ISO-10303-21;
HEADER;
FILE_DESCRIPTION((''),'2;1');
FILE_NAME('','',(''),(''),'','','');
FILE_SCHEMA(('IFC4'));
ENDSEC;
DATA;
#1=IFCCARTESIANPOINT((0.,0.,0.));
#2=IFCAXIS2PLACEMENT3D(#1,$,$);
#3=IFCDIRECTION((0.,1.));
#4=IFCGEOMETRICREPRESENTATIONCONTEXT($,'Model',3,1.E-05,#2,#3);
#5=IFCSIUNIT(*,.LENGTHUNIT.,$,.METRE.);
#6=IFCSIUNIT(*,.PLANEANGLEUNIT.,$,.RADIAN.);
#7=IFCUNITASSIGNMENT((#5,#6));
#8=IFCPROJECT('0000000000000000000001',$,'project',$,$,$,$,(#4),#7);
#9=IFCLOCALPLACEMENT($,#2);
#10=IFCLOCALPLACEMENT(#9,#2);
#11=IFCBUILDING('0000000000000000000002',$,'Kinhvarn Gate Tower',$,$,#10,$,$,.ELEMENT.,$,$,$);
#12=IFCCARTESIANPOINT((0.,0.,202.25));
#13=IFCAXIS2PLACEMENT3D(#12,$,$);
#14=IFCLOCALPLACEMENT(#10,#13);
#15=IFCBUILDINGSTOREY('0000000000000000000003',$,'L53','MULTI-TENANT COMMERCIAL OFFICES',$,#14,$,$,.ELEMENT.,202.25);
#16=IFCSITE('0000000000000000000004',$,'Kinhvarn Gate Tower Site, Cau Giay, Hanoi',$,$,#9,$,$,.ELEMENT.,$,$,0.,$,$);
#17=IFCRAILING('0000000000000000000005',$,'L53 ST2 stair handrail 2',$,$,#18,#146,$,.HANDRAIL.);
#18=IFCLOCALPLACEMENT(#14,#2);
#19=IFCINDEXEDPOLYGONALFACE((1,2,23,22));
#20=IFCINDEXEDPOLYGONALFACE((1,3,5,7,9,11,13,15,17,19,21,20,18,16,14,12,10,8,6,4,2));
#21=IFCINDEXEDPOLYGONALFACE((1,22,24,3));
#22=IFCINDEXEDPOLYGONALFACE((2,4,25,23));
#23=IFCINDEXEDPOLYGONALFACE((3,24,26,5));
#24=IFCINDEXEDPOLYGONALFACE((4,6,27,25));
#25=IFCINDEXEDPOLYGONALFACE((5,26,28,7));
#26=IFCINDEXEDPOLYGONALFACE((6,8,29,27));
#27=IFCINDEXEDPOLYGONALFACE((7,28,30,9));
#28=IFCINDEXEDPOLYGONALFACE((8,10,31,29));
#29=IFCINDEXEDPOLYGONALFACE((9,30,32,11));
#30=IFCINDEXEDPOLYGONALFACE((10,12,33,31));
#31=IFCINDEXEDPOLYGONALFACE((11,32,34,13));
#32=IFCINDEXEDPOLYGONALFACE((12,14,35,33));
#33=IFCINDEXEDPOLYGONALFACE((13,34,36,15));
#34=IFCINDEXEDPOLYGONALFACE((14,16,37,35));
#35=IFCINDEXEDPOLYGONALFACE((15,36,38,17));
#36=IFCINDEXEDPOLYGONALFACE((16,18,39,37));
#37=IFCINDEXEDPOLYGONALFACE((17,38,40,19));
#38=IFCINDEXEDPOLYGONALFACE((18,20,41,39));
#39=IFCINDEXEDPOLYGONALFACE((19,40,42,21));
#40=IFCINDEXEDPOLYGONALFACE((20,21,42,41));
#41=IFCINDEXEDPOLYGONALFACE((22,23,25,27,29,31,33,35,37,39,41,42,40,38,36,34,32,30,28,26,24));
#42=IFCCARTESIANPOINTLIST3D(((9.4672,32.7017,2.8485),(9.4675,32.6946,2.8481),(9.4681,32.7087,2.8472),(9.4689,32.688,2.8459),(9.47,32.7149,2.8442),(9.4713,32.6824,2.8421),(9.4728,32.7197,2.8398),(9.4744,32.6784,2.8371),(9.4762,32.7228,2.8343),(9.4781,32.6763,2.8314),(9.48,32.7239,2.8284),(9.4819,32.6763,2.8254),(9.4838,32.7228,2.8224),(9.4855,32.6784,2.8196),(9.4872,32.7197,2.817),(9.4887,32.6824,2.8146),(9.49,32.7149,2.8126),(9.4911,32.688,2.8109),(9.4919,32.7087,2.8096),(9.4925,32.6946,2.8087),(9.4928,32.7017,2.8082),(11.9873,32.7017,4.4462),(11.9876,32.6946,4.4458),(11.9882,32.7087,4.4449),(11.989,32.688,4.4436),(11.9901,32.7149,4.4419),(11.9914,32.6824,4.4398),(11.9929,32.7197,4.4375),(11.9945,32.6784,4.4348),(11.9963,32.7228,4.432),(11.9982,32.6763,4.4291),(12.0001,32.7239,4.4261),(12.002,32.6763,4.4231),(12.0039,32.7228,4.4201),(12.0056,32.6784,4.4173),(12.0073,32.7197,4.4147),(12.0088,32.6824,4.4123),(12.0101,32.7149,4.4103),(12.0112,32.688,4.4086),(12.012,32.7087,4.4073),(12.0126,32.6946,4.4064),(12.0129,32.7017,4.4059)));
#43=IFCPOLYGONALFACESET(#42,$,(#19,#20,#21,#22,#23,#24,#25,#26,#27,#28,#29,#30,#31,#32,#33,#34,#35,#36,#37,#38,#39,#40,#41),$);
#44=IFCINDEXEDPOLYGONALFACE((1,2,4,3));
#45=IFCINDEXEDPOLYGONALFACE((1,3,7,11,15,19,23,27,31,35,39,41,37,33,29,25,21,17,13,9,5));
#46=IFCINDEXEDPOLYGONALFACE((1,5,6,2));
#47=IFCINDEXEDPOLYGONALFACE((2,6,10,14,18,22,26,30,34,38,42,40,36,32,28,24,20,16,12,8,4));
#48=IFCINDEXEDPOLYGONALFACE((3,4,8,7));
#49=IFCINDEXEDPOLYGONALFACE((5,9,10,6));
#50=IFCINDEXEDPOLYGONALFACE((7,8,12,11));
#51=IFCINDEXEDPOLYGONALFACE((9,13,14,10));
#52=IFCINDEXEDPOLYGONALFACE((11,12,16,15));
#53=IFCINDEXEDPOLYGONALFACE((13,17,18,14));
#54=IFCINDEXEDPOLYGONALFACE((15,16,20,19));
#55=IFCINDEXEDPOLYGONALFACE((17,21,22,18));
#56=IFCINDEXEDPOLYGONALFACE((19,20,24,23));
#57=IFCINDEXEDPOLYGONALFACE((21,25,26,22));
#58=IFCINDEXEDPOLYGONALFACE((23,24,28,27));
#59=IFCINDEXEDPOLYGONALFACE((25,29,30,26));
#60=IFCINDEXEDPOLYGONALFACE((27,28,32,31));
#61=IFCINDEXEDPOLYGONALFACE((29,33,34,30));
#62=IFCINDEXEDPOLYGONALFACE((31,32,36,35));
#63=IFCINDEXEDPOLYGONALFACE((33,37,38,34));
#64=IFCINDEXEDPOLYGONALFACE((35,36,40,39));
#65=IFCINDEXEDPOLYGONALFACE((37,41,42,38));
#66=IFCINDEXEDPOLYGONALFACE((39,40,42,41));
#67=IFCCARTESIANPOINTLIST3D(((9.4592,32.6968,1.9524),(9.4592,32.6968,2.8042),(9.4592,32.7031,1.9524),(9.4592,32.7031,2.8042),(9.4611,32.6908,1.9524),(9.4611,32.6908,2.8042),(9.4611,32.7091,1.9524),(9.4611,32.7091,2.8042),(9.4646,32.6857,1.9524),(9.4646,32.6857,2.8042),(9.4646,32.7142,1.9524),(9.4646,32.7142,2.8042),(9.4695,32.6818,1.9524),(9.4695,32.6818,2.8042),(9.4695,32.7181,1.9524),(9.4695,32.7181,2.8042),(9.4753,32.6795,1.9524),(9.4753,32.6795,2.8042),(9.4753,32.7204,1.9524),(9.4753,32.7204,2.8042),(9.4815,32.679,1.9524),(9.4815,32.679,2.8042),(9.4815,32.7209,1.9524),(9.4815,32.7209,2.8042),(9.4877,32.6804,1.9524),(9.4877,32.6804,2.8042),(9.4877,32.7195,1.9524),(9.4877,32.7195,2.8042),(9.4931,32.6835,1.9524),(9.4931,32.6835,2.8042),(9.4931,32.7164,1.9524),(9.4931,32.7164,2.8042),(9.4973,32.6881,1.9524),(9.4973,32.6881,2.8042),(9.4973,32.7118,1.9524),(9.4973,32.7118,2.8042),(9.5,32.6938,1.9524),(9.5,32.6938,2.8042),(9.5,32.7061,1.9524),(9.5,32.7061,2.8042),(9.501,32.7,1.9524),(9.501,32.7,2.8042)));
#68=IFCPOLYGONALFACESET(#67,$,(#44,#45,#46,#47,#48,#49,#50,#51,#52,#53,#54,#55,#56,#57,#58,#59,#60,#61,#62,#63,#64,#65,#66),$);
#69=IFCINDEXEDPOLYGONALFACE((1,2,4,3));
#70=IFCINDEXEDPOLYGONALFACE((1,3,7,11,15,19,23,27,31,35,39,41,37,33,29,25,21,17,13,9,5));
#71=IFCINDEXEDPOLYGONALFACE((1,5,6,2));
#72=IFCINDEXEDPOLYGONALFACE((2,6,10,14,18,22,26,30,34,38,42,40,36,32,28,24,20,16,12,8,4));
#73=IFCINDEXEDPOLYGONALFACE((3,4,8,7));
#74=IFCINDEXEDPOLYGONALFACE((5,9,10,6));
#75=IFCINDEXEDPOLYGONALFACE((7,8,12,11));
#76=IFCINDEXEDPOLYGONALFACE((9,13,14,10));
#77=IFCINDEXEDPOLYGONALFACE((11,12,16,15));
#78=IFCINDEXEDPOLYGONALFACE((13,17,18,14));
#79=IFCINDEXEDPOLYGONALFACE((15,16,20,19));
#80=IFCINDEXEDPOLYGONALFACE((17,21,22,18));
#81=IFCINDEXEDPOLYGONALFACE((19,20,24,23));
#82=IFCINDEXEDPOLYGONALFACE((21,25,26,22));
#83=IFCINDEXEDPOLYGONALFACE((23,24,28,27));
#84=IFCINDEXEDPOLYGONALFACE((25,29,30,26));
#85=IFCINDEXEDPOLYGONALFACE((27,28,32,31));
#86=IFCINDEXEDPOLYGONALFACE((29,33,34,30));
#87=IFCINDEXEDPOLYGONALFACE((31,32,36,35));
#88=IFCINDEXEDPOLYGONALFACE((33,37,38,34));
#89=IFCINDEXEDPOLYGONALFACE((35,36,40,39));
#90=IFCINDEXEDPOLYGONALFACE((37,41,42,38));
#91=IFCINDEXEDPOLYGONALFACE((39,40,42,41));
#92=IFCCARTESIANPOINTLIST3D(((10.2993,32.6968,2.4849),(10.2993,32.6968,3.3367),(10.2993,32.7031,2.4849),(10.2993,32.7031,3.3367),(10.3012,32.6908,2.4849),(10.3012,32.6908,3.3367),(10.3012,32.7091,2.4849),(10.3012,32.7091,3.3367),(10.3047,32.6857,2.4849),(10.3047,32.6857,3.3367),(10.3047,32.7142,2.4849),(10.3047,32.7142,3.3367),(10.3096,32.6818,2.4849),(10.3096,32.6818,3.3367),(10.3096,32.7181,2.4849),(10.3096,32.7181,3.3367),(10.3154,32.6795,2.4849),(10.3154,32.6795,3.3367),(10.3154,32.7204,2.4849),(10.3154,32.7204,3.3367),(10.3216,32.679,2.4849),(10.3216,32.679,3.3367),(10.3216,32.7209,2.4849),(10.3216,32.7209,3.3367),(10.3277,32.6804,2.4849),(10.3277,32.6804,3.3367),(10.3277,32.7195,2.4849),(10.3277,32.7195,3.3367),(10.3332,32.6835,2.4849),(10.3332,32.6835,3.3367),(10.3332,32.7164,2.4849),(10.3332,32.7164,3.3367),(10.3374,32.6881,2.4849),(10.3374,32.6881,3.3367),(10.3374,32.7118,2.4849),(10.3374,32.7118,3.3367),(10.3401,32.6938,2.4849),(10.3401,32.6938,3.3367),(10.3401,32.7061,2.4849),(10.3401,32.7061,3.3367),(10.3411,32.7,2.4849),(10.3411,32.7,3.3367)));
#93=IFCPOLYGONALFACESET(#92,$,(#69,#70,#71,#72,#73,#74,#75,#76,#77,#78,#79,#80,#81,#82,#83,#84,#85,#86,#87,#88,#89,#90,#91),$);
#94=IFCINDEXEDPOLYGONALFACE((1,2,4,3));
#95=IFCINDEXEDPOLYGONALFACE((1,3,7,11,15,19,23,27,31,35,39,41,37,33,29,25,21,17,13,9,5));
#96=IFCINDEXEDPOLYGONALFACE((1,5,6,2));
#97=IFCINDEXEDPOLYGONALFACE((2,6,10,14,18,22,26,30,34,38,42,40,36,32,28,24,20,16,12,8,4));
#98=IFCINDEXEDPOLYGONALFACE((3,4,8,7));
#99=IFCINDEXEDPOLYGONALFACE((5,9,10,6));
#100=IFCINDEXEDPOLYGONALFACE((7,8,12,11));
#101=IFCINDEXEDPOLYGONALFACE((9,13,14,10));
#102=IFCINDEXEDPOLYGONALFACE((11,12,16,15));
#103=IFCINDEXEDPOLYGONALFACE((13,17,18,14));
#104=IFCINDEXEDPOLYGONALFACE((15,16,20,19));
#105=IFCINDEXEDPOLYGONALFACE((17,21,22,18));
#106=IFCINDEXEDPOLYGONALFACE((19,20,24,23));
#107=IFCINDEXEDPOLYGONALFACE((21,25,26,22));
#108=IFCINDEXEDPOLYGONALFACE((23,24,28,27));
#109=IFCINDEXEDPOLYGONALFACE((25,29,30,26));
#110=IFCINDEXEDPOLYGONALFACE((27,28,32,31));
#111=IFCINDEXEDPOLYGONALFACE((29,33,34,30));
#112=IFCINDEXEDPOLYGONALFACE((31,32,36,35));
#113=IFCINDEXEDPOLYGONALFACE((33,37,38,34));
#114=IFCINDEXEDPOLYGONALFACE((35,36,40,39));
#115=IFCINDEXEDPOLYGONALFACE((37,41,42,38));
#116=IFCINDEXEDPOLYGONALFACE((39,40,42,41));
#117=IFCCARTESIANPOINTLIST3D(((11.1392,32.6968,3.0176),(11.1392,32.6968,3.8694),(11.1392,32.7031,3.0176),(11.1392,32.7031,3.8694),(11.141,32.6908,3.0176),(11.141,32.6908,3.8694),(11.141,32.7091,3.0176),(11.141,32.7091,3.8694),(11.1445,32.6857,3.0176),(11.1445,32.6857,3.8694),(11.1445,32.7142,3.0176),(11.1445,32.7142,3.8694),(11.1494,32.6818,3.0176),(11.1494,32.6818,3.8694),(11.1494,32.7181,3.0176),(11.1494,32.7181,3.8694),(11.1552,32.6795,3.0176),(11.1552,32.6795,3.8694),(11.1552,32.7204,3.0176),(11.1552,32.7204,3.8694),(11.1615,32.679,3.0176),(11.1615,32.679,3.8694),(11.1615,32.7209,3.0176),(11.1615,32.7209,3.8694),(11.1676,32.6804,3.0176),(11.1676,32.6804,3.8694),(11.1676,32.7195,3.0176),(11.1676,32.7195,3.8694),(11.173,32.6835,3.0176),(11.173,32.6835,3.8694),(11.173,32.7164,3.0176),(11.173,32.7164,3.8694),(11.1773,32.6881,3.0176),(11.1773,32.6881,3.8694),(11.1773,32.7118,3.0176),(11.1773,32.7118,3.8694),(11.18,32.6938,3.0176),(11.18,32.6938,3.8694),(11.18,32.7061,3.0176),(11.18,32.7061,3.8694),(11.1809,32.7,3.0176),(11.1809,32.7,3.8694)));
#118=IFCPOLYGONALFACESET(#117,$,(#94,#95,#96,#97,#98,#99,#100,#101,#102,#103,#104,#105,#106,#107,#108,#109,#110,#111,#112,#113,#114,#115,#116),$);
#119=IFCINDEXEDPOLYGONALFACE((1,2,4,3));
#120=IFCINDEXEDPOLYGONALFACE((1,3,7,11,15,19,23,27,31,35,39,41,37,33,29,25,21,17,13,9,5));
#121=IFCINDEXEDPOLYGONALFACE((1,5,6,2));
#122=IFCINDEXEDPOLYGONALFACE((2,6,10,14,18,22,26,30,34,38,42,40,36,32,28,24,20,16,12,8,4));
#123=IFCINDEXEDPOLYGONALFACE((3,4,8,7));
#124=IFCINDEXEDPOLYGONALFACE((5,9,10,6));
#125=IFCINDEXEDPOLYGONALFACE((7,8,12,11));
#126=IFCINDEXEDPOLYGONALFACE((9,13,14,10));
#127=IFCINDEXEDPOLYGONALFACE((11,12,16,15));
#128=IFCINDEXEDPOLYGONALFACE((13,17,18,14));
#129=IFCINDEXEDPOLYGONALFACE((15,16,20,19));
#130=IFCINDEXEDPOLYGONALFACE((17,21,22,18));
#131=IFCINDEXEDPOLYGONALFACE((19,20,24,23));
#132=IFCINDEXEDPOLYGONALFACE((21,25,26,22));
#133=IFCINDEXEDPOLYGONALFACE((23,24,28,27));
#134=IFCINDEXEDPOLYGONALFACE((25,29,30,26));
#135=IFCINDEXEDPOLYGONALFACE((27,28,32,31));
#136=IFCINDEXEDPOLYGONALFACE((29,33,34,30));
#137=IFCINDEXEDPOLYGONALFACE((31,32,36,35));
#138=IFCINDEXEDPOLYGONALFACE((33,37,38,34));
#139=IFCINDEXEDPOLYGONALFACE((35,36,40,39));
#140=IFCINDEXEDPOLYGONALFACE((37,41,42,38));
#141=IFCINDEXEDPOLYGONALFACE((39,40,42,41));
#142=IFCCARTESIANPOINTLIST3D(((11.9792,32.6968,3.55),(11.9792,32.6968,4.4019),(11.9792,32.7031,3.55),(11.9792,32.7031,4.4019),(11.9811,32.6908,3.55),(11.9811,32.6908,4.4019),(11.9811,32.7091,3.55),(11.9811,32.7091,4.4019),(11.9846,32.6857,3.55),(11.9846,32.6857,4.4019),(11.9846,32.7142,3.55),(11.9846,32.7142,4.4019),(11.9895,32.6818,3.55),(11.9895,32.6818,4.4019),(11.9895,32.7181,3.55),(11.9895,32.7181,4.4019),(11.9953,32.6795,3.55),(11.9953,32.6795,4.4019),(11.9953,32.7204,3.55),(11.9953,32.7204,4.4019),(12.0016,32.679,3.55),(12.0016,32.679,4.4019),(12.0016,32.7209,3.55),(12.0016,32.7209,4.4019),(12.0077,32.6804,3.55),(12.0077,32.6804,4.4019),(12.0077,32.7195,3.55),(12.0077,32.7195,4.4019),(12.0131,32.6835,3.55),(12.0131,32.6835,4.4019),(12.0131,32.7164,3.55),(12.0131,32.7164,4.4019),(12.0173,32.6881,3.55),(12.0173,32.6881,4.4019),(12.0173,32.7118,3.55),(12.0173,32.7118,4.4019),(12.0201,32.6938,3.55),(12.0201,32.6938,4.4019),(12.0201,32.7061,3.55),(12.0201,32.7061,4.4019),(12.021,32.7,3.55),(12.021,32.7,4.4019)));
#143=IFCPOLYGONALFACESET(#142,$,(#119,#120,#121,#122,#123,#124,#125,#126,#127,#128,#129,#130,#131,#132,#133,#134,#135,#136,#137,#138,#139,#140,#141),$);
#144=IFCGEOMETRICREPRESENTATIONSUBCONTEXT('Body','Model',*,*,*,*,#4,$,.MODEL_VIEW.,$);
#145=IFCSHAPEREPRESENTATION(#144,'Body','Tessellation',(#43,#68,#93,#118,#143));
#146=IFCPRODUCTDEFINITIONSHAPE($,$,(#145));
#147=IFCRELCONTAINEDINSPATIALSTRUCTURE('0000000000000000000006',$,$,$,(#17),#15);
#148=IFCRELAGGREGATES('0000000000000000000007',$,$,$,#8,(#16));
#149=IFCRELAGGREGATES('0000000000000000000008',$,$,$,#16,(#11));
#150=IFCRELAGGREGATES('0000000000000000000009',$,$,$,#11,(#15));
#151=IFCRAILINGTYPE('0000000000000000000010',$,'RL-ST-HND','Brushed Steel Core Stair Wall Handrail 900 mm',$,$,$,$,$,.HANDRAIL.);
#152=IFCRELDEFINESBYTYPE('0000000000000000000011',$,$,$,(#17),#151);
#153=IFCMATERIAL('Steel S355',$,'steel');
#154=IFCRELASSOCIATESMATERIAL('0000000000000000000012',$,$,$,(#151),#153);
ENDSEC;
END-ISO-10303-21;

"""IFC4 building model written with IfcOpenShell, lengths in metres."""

from ifc_helpers import new_model, si_unit, direction, frame, origin, origin_2d, place, context, subcontext, project, spatial, circle, extrude, material, type_object, element, save


model = new_model("IFC4")

# Units and contexts
model_context = context("Model", 3, precision=1e-05, world=origin(), true_north=direction((0.0, 1.0)))
body_context = subcontext(model_context, "Body", "Model", "MODEL_VIEW")
ifc_project = project(units=[si_unit("LENGTHUNIT", "METRE"), si_unit("PLANEANGLEUNIT", "RADIAN")], contexts=[model_context])

# Site, building, storey
site_placement = place(None, origin())
site = spatial("IfcSite", under=ifc_project, at=site_placement, Name="Kinhvarn Gate Tower Site, Cau Giay, Hanoi", CompositionType="ELEMENT", RefElevation=0.0)
building_placement = place(site_placement, origin())
building = spatial("IfcBuilding", under=site, at=building_placement, Name="Kinhvarn Gate Tower", CompositionType="ELEMENT")
storey_placement = place(building_placement, frame((0.0, 0.0, 202.25)))
storey = spatial("IfcBuildingStorey", under=building, at=storey_placement, Name="L53", Description="MULTI-TENANT COMMERCIAL OFFICES", CompositionType="ELEMENT", Elevation=202.25)

# Railing
ifc_material_1 = material(Name="Steel S355", Category="steel")
railing_type_1 = type_object("IfcRailingType", Name="RL-ST-HND", Description="Brushed Steel Core Stair Wall Handrail 900 mm", PredefinedType="HANDRAIL", material=ifc_material_1)
railing_1_placement = place(storey_placement, frame((9.48, 32.7, 1.9524)))
element("IfcRailing", 1, at=railing_1_placement, inside=storey, type_object=railing_type_1, Name="L53 ST2 stair handrail 2", PredefinedType="HANDRAIL", context=body_context, shape_type="SweptSolid", body=[
    extrude(circle(Radius=0.0239, at=origin_2d()), frame((0.0, 0.0, 0.876), z_axis=(0.84457, 0.0, 0.535445), x_axis=(0.0, 1.0, 0.0)), (0.0, 0.0, 1.0), 2.9839),
    extrude(circle(Radius=0.021, at=origin_2d()), origin(), (0.0, 0.0, 1.0), 0.8518),
    extrude(circle(Radius=0.021, at=origin_2d()), frame((0.8401, 0.0, 0.5325)), (0.0, 0.0, 1.0), 0.8518),
    extrude(circle(Radius=0.021, at=origin_2d()), frame((1.6799, 0.0, 1.0652)), (0.0, 0.0, 1.0), 0.8518),
    extrude(circle(Radius=0.021, at=origin_2d()), frame((2.52, 0.0, 1.5977)), (0.0, 0.0, 1.0), 0.8518),
])

save(model, "model.ifc")
